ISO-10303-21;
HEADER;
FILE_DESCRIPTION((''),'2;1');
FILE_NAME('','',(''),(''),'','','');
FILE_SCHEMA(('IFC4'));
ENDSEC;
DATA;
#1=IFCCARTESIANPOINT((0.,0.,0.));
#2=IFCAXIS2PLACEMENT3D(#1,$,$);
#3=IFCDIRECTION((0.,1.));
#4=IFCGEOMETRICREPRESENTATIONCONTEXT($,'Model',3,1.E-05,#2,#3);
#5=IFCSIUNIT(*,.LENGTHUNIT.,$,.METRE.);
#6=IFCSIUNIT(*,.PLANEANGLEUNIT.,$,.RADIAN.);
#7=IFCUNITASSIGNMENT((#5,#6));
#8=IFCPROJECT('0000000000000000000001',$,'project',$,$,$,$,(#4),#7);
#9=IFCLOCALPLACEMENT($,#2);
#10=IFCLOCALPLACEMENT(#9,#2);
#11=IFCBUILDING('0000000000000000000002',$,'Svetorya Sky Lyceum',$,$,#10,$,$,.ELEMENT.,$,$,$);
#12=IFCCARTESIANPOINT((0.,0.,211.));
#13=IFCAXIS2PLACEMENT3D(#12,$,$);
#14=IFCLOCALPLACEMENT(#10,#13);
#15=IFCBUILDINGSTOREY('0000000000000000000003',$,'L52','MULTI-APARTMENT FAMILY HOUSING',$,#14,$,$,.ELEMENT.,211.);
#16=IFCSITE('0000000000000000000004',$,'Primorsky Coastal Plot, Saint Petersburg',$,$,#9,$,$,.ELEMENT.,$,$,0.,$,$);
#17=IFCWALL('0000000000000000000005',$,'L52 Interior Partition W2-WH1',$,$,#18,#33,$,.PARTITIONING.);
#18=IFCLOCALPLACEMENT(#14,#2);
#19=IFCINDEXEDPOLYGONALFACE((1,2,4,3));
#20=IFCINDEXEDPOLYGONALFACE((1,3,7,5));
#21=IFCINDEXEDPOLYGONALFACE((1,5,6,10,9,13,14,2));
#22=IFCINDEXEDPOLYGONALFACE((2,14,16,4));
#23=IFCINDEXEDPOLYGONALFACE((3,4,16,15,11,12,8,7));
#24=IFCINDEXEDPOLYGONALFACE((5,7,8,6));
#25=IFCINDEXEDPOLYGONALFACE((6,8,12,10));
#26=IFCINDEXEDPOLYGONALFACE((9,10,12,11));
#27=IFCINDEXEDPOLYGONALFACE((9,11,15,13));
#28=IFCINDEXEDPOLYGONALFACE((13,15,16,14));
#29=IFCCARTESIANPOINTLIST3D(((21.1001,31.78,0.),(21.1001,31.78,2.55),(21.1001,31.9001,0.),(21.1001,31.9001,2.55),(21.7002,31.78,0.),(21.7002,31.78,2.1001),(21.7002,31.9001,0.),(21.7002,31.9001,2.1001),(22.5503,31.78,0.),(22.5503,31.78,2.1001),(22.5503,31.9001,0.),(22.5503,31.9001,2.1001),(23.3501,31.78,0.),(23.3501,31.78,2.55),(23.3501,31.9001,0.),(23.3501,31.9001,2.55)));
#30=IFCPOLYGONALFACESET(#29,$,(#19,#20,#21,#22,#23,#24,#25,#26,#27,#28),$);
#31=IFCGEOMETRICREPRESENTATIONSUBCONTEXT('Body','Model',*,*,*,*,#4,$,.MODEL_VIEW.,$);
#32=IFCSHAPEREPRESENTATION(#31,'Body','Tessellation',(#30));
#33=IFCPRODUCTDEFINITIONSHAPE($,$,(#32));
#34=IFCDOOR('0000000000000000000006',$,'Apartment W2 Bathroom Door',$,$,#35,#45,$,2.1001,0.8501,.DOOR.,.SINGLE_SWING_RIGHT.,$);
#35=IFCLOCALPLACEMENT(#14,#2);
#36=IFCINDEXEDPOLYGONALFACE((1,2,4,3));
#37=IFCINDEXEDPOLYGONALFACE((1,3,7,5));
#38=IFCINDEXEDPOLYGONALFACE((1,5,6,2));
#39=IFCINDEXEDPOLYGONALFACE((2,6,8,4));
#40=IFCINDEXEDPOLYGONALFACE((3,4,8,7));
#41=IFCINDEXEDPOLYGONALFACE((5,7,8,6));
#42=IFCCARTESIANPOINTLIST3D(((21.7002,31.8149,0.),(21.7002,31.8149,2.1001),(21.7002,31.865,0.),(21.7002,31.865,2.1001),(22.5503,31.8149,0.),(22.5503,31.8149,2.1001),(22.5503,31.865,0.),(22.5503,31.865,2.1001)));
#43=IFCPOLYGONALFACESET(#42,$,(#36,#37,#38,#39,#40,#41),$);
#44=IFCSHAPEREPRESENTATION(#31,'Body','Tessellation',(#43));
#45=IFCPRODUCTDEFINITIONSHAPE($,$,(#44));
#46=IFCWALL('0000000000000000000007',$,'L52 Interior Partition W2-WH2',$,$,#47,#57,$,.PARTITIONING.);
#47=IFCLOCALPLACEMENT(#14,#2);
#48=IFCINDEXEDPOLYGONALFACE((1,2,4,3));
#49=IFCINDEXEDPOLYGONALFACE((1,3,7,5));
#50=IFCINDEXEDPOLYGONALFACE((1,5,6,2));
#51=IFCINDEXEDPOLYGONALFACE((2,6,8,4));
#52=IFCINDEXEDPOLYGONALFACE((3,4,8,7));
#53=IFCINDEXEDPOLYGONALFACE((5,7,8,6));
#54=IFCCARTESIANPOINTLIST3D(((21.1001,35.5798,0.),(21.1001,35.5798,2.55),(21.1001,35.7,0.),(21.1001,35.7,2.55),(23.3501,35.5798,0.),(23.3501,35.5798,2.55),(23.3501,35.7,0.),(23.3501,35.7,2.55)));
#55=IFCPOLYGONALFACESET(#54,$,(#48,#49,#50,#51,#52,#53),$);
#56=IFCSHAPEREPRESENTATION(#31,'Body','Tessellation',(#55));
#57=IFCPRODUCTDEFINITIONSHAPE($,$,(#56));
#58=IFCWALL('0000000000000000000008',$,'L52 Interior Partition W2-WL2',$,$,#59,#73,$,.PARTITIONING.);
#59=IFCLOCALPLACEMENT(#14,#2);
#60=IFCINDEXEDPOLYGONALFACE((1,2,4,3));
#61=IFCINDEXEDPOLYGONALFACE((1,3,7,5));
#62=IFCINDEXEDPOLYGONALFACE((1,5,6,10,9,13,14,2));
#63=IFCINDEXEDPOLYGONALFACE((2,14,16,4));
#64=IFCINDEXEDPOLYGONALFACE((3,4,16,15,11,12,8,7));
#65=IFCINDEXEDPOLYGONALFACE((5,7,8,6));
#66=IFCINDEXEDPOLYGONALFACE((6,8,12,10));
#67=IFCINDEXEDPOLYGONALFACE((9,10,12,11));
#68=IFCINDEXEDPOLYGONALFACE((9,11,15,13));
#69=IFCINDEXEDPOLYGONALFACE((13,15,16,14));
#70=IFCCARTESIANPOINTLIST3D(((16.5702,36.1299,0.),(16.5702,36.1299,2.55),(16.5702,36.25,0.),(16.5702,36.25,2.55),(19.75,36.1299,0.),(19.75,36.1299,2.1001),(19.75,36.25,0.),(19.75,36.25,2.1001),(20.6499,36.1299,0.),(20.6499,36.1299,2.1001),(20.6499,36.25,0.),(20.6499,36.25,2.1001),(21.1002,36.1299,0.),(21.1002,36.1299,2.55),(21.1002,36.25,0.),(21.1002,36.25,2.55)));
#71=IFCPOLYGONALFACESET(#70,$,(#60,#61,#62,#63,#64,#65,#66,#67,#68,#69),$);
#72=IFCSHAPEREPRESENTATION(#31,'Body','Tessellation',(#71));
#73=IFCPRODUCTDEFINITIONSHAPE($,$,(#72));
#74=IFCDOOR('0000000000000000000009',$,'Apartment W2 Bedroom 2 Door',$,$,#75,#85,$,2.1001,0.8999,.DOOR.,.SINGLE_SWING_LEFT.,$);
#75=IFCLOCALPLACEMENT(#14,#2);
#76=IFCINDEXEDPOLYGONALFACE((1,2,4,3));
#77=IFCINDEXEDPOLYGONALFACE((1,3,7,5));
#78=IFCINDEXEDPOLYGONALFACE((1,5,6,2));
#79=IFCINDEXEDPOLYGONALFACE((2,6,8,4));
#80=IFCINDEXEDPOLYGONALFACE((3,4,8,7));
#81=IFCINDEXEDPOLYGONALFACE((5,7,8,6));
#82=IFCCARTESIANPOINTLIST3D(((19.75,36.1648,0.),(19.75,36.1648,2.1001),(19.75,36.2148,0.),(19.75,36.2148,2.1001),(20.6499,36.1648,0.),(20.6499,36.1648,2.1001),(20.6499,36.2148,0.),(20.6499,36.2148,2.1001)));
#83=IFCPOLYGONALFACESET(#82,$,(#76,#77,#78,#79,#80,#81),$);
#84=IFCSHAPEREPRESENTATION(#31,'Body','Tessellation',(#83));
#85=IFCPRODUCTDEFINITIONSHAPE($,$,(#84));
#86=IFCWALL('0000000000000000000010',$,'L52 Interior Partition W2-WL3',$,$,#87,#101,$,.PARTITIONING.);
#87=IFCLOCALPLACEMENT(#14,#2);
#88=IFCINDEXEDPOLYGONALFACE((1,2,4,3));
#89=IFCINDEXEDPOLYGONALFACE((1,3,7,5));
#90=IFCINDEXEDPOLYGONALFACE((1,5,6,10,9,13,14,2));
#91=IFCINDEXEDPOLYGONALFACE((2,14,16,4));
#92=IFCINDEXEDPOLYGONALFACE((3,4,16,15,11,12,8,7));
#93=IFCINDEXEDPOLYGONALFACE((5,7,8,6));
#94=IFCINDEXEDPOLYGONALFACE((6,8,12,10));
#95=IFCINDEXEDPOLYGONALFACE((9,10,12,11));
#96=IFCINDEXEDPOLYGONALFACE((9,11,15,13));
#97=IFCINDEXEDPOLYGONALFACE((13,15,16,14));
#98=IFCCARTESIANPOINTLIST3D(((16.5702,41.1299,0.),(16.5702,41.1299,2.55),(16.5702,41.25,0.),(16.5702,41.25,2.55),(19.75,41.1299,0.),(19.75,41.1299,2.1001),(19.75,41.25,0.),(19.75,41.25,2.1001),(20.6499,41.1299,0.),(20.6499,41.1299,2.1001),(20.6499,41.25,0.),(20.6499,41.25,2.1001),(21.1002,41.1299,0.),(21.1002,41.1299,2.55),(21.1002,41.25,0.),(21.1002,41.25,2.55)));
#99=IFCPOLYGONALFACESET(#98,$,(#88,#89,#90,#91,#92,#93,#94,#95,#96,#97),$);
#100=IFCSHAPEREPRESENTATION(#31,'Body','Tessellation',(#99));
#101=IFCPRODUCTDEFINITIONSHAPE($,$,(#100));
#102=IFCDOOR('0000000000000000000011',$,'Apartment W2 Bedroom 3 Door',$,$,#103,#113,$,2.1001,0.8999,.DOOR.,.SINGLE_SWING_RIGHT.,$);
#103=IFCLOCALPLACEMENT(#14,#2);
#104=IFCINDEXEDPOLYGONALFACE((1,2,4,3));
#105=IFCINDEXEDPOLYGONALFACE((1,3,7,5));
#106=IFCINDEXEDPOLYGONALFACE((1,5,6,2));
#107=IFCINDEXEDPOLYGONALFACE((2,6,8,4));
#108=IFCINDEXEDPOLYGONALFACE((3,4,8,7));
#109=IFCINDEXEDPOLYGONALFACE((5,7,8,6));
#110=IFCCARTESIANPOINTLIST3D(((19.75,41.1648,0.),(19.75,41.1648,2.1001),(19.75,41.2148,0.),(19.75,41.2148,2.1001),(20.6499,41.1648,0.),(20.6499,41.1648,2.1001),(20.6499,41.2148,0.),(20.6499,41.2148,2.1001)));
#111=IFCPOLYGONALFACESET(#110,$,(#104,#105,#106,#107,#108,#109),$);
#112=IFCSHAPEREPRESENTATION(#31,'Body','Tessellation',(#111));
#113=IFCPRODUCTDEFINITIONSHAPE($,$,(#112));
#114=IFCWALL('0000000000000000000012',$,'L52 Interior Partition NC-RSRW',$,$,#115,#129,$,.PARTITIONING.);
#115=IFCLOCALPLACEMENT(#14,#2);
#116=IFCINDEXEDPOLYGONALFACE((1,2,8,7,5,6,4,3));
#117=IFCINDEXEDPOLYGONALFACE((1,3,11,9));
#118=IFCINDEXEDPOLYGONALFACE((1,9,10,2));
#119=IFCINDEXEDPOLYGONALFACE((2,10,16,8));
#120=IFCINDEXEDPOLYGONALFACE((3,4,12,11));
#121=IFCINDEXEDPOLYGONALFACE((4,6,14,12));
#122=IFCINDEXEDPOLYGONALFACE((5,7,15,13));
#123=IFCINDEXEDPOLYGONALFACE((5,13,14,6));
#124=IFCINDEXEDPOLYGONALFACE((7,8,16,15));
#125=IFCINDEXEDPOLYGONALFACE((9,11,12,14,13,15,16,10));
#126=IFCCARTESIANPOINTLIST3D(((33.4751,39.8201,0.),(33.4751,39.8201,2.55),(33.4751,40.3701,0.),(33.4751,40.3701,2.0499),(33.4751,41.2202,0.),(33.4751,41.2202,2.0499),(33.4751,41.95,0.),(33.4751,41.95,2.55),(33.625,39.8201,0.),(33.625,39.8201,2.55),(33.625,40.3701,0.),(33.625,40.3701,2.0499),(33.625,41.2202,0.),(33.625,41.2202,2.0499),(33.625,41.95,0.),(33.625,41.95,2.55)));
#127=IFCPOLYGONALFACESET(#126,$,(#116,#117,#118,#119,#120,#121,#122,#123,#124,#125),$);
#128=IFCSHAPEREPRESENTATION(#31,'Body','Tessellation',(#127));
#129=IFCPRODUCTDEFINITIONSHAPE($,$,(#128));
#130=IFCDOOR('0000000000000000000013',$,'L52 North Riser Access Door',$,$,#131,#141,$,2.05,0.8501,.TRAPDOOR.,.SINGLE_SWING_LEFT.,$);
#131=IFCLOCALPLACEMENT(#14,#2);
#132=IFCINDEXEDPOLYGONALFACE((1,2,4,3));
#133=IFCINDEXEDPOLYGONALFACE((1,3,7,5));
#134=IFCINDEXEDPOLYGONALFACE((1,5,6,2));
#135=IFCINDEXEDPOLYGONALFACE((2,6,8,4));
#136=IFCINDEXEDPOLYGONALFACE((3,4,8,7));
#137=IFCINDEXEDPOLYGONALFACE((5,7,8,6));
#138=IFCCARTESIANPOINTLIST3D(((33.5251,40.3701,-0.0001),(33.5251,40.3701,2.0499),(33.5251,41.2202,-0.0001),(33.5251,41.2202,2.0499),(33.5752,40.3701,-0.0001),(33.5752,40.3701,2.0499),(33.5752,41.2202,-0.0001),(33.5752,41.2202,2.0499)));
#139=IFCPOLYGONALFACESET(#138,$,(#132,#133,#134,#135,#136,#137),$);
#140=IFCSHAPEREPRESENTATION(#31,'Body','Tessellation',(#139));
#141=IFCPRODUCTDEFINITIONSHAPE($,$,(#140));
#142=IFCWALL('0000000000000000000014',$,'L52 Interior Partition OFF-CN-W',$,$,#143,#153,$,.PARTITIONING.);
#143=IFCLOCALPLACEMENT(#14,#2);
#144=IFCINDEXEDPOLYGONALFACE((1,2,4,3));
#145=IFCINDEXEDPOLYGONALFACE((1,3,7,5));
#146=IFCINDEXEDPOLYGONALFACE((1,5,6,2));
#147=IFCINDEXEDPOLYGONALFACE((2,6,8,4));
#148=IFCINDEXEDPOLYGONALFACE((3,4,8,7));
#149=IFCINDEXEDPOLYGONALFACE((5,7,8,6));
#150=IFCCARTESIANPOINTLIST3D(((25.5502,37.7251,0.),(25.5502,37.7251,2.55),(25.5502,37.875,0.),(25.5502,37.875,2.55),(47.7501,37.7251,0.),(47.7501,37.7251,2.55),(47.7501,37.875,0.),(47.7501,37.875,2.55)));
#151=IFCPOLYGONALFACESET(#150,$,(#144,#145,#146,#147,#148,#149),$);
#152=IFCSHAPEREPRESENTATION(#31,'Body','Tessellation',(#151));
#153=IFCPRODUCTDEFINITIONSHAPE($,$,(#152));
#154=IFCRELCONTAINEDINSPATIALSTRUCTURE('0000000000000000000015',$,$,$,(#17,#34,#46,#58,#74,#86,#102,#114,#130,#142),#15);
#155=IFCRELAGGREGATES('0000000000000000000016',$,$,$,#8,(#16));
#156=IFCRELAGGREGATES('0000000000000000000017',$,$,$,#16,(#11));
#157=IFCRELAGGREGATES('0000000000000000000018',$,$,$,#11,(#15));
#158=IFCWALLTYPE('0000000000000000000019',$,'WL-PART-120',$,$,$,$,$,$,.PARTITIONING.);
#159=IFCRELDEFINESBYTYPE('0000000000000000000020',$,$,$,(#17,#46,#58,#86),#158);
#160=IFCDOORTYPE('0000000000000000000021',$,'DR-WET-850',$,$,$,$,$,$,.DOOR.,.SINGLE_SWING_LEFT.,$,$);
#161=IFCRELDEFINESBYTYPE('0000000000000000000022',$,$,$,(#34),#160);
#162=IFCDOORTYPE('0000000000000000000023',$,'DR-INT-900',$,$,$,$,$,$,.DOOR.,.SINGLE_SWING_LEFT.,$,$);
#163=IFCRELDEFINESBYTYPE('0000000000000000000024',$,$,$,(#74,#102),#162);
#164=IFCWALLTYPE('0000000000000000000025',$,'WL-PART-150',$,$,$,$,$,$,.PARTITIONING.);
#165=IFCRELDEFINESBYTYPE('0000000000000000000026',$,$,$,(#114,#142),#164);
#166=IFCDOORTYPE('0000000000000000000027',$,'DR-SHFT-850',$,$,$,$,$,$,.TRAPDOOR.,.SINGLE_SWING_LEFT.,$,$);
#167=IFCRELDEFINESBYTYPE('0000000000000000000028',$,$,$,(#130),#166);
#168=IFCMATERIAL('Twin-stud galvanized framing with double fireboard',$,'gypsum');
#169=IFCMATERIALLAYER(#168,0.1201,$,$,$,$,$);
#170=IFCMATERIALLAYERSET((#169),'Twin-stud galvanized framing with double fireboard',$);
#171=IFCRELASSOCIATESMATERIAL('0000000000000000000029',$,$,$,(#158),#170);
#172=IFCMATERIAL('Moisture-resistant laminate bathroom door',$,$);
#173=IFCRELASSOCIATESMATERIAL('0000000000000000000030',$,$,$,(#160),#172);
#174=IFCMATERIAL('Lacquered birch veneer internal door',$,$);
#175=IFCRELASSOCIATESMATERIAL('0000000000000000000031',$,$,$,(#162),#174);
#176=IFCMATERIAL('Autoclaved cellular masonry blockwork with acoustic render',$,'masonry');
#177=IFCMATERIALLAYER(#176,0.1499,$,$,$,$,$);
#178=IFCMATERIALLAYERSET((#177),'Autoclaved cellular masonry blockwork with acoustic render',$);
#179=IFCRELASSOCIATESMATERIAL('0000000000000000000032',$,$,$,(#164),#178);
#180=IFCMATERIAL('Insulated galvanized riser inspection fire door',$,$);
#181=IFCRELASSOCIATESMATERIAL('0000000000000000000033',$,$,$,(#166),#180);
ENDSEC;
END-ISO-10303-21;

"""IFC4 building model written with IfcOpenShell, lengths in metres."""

from ifc_helpers import new_model, si_unit, direction, frame, frame_2d, origin, place, context, subcontext, project, spatial, rectangle, extrude, material, layer, layer_set, type_object, element, fill, save


model = new_model("IFC4")

# Units and contexts
model_context = context("Model", 3, precision=1e-05, world=origin(), true_north=direction((0.0, 1.0)))
body_context = subcontext(model_context, "Body", "Model", "MODEL_VIEW")
ifc_project = project(units=[si_unit("LENGTHUNIT", "METRE"), si_unit("PLANEANGLEUNIT", "RADIAN")], contexts=[model_context])

# Site, building, storey
site_placement = place(None, origin())
site = spatial("IfcSite", under=ifc_project, at=site_placement, Name="Primorsky Coastal Plot, Saint Petersburg", CompositionType="ELEMENT", RefElevation=0.0)
building_placement = place(site_placement, origin())
building = spatial("IfcBuilding", under=site, at=building_placement, Name="Svetorya Sky Lyceum", CompositionType="ELEMENT")
storey_placement = place(building_placement, frame((0.0, 0.0, 211.0)))
storey = spatial("IfcBuildingStorey", under=building, at=storey_placement, Name="L52", Description="MULTI-APARTMENT FAMILY HOUSING", CompositionType="ELEMENT", Elevation=211.0)

# Wall, opening, door
ifc_material_1 = material(Name="Twin-stud galvanized framing with double fireboard", Category="gypsum")
ifc_layer_1 = layer(ifc_material_1, 0.1201)
ifc_layer_set_1 = layer_set([ifc_layer_1], Name="Twin-stud galvanized framing with double fireboard")
wall_type_1 = type_object("IfcWallType", Name="WL-PART-120", PredefinedType="PARTITIONING", material=ifc_layer_set_1)
wall_1_placement = place(storey_placement, frame((21.1001, 31.8401, 0.0), z_axis=(0.0, 0.0, 1.0), x_axis=(1.0, 0.0, 0.0)))
wall_1 = element("IfcWall", 1, at=wall_1_placement, inside=storey, type_object=wall_type_1, Name="L52 Interior Partition W2-WH1", PredefinedType="PARTITIONING", context=body_context, shape_type="SweptSolid", body=[
    extrude(rectangle(XDim=2.25, YDim=0.1201, at=frame_2d((1.125, 0.0))), origin(), (0.0, 0.0, 1.0), 2.55),
])
opening_1_placement = place(wall_1_placement, frame((0.6001, 0.0, 0.0)))
opening_1 = element("IfcOpeningElement", 2, at=opening_1_placement, cuts=wall_1, PredefinedType="OPENING", context=body_context, shape_type="SweptSolid", body=[
    extrude(rectangle(XDim=0.8501, YDim=2.1001, at=frame_2d((0.425, 1.05))), frame((0.0, 0.0701, 0.0), z_axis=(0.0, -1.0, 0.0), x_axis=(1.0, 0.0, 0.0)), (0.0, 0.0, 1.0), 0.1401),
])
ifc_material_2 = material(Name="Moisture-resistant laminate bathroom door")
door_type_1 = type_object("IfcDoorType", Name="DR-WET-850", OperationType="SINGLE_SWING_LEFT", PredefinedType="DOOR", material=ifc_material_2)
door_1_placement = place(opening_1_placement, origin())
door_1 = element("IfcDoor", 3, at=door_1_placement, inside=storey, type_object=door_type_1, Name="Apartment W2 Bathroom Door", OperationType="SINGLE_SWING_RIGHT", OverallHeight=2.1001, OverallWidth=0.8501, PredefinedType="DOOR", context=body_context, shape_type="SweptSolid", body=[
    extrude(rectangle(XDim=0.8501, YDim=2.1001, at=frame_2d((0.425, 1.05))), frame((0.0, 0.0249, 0.0), z_axis=(0.0, -1.0, 0.0), x_axis=(1.0, 0.0, 0.0)), (0.0, 0.0, 1.0), 0.05),
])
fill(opening_1, door_1)

# Wall
wall_2_placement = place(storey_placement, frame((21.1001, 35.6399, 0.0), z_axis=(0.0, 0.0, 1.0), x_axis=(1.0, 0.0, 0.0)))
element("IfcWall", 4, at=wall_2_placement, inside=storey, type_object=wall_type_1, Name="L52 Interior Partition W2-WH2", PredefinedType="PARTITIONING", context=body_context, shape_type="SweptSolid", body=[
    extrude(rectangle(XDim=2.25, YDim=0.1201, at=frame_2d((1.125, 0.0))), origin(), (0.0, 0.0, 1.0), 2.55),
])

# Walls, openings, doors
wall_3_placement = place(storey_placement, frame((16.5701, 36.1899, 0.0), z_axis=(0.0, 0.0, 1.0), x_axis=(1.0, 0.0, 0.0)))
wall_3 = element("IfcWall", 5, at=wall_3_placement, inside=storey, type_object=wall_type_1, Name="L52 Interior Partition W2-WL2", PredefinedType="PARTITIONING", context=body_context, shape_type="SweptSolid", body=[
    extrude(rectangle(XDim=4.53, YDim=0.1201, at=frame_2d((2.2651, 0.0))), origin(), (0.0, 0.0, 1.0), 2.55),
])
opening_2_placement = place(wall_3_placement, frame((3.1799, 0.0, 0.0)))
opening_2 = element("IfcOpeningElement", 6, at=opening_2_placement, cuts=wall_3, PredefinedType="OPENING", context=body_context, shape_type="SweptSolid", body=[
    extrude(rectangle(XDim=0.8999, YDim=2.1001, at=frame_2d((0.45, 1.05))), frame((0.0, 0.0701, 0.0), z_axis=(0.0, -1.0, 0.0), x_axis=(1.0, 0.0, 0.0)), (0.0, 0.0, 1.0), 0.1401),
])
ifc_material_3 = material(Name="Lacquered birch veneer internal door")
door_type_2 = type_object("IfcDoorType", Name="DR-INT-900", OperationType="SINGLE_SWING_LEFT", PredefinedType="DOOR", material=ifc_material_3)
door_2_placement = place(opening_2_placement, origin())
door_2 = element("IfcDoor", 7, at=door_2_placement, inside=storey, type_object=door_type_2, Name="Apartment W2 Bedroom 2 Door", OperationType="SINGLE_SWING_LEFT", OverallHeight=2.1001, OverallWidth=0.8999, PredefinedType="DOOR", context=body_context, shape_type="SweptSolid", body=[
    extrude(rectangle(XDim=0.8999, YDim=2.1001, at=frame_2d((0.45, 1.05))), frame((0.0, 0.0249, 0.0), z_axis=(0.0, -1.0, 0.0), x_axis=(1.0, 0.0, 0.0)), (0.0, 0.0, 1.0), 0.05),
])
fill(opening_2, door_2)
wall_4_placement = place(storey_placement, frame((16.5701, 41.1899, 0.0), z_axis=(0.0, 0.0, 1.0), x_axis=(1.0, 0.0, 0.0)))
wall_4 = element("IfcWall", 8, at=wall_4_placement, inside=storey, type_object=wall_type_1, Name="L52 Interior Partition W2-WL3", PredefinedType="PARTITIONING", context=body_context, shape_type="SweptSolid", body=[
    extrude(rectangle(XDim=4.53, YDim=0.1201, at=frame_2d((2.2651, 0.0))), origin(), (0.0, 0.0, 1.0), 2.55),
])
opening_3_placement = place(wall_4_placement, frame((3.1799, 0.0, 0.0)))
opening_3 = element("IfcOpeningElement", 9, at=opening_3_placement, cuts=wall_4, PredefinedType="OPENING", context=body_context, shape_type="SweptSolid", body=[
    extrude(rectangle(XDim=0.8999, YDim=2.1001, at=frame_2d((0.45, 1.05))), frame((0.0, 0.0701, 0.0), z_axis=(0.0, -1.0, 0.0), x_axis=(1.0, 0.0, 0.0)), (0.0, 0.0, 1.0), 0.1401),
])
door_3_placement = place(opening_3_placement, origin())
door_3 = element("IfcDoor", 10, at=door_3_placement, inside=storey, type_object=door_type_2, Name="Apartment W2 Bedroom 3 Door", OperationType="SINGLE_SWING_RIGHT", OverallHeight=2.1001, OverallWidth=0.8999, PredefinedType="DOOR", context=body_context, shape_type="SweptSolid", body=[
    extrude(rectangle(XDim=0.8999, YDim=2.1001, at=frame_2d((0.45, 1.05))), frame((0.0, 0.0249, 0.0), z_axis=(0.0, -1.0, 0.0), x_axis=(1.0, 0.0, 0.0)), (0.0, 0.0, 1.0), 0.05),
])
fill(opening_3, door_3)
ifc_material_4 = material(Name="Autoclaved cellular masonry blockwork with acoustic render", Category="masonry")
ifc_layer_2 = layer(ifc_material_4, 0.1499)
ifc_layer_set_2 = layer_set([ifc_layer_2], Name="Autoclaved cellular masonry blockwork with acoustic render")
wall_type_2 = type_object("IfcWallType", Name="WL-PART-150", PredefinedType="PARTITIONING", material=ifc_layer_set_2)
wall_5_placement = place(storey_placement, frame((33.55, 39.8201, 0.0), z_axis=(0.0, 0.0, 1.0), x_axis=(0.0, 1.0, 0.0)))
wall_5 = element("IfcWall", 11, at=wall_5_placement, inside=storey, type_object=wall_type_2, Name="L52 Interior Partition NC-RSRW", PredefinedType="PARTITIONING", context=body_context, shape_type="SweptSolid", body=[
    extrude(rectangle(XDim=2.1299, YDim=0.1499, at=frame_2d((1.0649, 0.0))), origin(), (0.0, 0.0, 1.0), 2.55),
])
opening_4_placement = place(wall_5_placement, frame((0.55, 0.0, 0.0)))
opening_4 = element("IfcOpeningElement", 12, at=opening_4_placement, cuts=wall_5, PredefinedType="OPENING", context=body_context, shape_type="SweptSolid", body=[
    extrude(rectangle(XDim=0.8501, YDim=2.05, at=frame_2d((0.425, 1.0249))), frame((0.0, 0.085, 0.0), z_axis=(0.0, -1.0, 0.0), x_axis=(1.0, 0.0, 0.0)), (0.0, 0.0, 1.0), 0.1699),
])
ifc_material_5 = material(Name="Insulated galvanized riser inspection fire door")
door_type_3 = type_object("IfcDoorType", Name="DR-SHFT-850", OperationType="SINGLE_SWING_LEFT", PredefinedType="TRAPDOOR", material=ifc_material_5)
door_4_placement = place(opening_4_placement, origin())
door_4 = element("IfcDoor", 13, at=door_4_placement, inside=storey, type_object=door_type_3, Name="L52 North Riser Access Door", OperationType="SINGLE_SWING_LEFT", OverallHeight=2.05, OverallWidth=0.8501, PredefinedType="TRAPDOOR", context=body_context, shape_type="SweptSolid", body=[
    extrude(rectangle(XDim=0.8501, YDim=2.05, at=frame_2d((0.425, 1.0249))), frame((0.0, 0.0249, 0.0), z_axis=(0.0, -1.0, 0.0), x_axis=(1.0, 0.0, 0.0)), (0.0, 0.0, 1.0), 0.05),
])
fill(opening_4, door_4)

# Wall
wall_6_placement = place(storey_placement, frame((25.55, 37.8, 0.0), z_axis=(0.0, 0.0, 1.0), x_axis=(1.0, 0.0, 0.0)))
element("IfcWall", 14, at=wall_6_placement, inside=storey, type_object=wall_type_2, Name="L52 Interior Partition OFF-CN-W", PredefinedType="PARTITIONING", context=body_context, shape_type="SweptSolid", body=[
    extrude(rectangle(XDim=22.2, YDim=0.1499, at=frame_2d((11.1001, 0.0))), origin(), (0.0, 0.0, 1.0), 2.55),
])

save(model, "model.ifc")
